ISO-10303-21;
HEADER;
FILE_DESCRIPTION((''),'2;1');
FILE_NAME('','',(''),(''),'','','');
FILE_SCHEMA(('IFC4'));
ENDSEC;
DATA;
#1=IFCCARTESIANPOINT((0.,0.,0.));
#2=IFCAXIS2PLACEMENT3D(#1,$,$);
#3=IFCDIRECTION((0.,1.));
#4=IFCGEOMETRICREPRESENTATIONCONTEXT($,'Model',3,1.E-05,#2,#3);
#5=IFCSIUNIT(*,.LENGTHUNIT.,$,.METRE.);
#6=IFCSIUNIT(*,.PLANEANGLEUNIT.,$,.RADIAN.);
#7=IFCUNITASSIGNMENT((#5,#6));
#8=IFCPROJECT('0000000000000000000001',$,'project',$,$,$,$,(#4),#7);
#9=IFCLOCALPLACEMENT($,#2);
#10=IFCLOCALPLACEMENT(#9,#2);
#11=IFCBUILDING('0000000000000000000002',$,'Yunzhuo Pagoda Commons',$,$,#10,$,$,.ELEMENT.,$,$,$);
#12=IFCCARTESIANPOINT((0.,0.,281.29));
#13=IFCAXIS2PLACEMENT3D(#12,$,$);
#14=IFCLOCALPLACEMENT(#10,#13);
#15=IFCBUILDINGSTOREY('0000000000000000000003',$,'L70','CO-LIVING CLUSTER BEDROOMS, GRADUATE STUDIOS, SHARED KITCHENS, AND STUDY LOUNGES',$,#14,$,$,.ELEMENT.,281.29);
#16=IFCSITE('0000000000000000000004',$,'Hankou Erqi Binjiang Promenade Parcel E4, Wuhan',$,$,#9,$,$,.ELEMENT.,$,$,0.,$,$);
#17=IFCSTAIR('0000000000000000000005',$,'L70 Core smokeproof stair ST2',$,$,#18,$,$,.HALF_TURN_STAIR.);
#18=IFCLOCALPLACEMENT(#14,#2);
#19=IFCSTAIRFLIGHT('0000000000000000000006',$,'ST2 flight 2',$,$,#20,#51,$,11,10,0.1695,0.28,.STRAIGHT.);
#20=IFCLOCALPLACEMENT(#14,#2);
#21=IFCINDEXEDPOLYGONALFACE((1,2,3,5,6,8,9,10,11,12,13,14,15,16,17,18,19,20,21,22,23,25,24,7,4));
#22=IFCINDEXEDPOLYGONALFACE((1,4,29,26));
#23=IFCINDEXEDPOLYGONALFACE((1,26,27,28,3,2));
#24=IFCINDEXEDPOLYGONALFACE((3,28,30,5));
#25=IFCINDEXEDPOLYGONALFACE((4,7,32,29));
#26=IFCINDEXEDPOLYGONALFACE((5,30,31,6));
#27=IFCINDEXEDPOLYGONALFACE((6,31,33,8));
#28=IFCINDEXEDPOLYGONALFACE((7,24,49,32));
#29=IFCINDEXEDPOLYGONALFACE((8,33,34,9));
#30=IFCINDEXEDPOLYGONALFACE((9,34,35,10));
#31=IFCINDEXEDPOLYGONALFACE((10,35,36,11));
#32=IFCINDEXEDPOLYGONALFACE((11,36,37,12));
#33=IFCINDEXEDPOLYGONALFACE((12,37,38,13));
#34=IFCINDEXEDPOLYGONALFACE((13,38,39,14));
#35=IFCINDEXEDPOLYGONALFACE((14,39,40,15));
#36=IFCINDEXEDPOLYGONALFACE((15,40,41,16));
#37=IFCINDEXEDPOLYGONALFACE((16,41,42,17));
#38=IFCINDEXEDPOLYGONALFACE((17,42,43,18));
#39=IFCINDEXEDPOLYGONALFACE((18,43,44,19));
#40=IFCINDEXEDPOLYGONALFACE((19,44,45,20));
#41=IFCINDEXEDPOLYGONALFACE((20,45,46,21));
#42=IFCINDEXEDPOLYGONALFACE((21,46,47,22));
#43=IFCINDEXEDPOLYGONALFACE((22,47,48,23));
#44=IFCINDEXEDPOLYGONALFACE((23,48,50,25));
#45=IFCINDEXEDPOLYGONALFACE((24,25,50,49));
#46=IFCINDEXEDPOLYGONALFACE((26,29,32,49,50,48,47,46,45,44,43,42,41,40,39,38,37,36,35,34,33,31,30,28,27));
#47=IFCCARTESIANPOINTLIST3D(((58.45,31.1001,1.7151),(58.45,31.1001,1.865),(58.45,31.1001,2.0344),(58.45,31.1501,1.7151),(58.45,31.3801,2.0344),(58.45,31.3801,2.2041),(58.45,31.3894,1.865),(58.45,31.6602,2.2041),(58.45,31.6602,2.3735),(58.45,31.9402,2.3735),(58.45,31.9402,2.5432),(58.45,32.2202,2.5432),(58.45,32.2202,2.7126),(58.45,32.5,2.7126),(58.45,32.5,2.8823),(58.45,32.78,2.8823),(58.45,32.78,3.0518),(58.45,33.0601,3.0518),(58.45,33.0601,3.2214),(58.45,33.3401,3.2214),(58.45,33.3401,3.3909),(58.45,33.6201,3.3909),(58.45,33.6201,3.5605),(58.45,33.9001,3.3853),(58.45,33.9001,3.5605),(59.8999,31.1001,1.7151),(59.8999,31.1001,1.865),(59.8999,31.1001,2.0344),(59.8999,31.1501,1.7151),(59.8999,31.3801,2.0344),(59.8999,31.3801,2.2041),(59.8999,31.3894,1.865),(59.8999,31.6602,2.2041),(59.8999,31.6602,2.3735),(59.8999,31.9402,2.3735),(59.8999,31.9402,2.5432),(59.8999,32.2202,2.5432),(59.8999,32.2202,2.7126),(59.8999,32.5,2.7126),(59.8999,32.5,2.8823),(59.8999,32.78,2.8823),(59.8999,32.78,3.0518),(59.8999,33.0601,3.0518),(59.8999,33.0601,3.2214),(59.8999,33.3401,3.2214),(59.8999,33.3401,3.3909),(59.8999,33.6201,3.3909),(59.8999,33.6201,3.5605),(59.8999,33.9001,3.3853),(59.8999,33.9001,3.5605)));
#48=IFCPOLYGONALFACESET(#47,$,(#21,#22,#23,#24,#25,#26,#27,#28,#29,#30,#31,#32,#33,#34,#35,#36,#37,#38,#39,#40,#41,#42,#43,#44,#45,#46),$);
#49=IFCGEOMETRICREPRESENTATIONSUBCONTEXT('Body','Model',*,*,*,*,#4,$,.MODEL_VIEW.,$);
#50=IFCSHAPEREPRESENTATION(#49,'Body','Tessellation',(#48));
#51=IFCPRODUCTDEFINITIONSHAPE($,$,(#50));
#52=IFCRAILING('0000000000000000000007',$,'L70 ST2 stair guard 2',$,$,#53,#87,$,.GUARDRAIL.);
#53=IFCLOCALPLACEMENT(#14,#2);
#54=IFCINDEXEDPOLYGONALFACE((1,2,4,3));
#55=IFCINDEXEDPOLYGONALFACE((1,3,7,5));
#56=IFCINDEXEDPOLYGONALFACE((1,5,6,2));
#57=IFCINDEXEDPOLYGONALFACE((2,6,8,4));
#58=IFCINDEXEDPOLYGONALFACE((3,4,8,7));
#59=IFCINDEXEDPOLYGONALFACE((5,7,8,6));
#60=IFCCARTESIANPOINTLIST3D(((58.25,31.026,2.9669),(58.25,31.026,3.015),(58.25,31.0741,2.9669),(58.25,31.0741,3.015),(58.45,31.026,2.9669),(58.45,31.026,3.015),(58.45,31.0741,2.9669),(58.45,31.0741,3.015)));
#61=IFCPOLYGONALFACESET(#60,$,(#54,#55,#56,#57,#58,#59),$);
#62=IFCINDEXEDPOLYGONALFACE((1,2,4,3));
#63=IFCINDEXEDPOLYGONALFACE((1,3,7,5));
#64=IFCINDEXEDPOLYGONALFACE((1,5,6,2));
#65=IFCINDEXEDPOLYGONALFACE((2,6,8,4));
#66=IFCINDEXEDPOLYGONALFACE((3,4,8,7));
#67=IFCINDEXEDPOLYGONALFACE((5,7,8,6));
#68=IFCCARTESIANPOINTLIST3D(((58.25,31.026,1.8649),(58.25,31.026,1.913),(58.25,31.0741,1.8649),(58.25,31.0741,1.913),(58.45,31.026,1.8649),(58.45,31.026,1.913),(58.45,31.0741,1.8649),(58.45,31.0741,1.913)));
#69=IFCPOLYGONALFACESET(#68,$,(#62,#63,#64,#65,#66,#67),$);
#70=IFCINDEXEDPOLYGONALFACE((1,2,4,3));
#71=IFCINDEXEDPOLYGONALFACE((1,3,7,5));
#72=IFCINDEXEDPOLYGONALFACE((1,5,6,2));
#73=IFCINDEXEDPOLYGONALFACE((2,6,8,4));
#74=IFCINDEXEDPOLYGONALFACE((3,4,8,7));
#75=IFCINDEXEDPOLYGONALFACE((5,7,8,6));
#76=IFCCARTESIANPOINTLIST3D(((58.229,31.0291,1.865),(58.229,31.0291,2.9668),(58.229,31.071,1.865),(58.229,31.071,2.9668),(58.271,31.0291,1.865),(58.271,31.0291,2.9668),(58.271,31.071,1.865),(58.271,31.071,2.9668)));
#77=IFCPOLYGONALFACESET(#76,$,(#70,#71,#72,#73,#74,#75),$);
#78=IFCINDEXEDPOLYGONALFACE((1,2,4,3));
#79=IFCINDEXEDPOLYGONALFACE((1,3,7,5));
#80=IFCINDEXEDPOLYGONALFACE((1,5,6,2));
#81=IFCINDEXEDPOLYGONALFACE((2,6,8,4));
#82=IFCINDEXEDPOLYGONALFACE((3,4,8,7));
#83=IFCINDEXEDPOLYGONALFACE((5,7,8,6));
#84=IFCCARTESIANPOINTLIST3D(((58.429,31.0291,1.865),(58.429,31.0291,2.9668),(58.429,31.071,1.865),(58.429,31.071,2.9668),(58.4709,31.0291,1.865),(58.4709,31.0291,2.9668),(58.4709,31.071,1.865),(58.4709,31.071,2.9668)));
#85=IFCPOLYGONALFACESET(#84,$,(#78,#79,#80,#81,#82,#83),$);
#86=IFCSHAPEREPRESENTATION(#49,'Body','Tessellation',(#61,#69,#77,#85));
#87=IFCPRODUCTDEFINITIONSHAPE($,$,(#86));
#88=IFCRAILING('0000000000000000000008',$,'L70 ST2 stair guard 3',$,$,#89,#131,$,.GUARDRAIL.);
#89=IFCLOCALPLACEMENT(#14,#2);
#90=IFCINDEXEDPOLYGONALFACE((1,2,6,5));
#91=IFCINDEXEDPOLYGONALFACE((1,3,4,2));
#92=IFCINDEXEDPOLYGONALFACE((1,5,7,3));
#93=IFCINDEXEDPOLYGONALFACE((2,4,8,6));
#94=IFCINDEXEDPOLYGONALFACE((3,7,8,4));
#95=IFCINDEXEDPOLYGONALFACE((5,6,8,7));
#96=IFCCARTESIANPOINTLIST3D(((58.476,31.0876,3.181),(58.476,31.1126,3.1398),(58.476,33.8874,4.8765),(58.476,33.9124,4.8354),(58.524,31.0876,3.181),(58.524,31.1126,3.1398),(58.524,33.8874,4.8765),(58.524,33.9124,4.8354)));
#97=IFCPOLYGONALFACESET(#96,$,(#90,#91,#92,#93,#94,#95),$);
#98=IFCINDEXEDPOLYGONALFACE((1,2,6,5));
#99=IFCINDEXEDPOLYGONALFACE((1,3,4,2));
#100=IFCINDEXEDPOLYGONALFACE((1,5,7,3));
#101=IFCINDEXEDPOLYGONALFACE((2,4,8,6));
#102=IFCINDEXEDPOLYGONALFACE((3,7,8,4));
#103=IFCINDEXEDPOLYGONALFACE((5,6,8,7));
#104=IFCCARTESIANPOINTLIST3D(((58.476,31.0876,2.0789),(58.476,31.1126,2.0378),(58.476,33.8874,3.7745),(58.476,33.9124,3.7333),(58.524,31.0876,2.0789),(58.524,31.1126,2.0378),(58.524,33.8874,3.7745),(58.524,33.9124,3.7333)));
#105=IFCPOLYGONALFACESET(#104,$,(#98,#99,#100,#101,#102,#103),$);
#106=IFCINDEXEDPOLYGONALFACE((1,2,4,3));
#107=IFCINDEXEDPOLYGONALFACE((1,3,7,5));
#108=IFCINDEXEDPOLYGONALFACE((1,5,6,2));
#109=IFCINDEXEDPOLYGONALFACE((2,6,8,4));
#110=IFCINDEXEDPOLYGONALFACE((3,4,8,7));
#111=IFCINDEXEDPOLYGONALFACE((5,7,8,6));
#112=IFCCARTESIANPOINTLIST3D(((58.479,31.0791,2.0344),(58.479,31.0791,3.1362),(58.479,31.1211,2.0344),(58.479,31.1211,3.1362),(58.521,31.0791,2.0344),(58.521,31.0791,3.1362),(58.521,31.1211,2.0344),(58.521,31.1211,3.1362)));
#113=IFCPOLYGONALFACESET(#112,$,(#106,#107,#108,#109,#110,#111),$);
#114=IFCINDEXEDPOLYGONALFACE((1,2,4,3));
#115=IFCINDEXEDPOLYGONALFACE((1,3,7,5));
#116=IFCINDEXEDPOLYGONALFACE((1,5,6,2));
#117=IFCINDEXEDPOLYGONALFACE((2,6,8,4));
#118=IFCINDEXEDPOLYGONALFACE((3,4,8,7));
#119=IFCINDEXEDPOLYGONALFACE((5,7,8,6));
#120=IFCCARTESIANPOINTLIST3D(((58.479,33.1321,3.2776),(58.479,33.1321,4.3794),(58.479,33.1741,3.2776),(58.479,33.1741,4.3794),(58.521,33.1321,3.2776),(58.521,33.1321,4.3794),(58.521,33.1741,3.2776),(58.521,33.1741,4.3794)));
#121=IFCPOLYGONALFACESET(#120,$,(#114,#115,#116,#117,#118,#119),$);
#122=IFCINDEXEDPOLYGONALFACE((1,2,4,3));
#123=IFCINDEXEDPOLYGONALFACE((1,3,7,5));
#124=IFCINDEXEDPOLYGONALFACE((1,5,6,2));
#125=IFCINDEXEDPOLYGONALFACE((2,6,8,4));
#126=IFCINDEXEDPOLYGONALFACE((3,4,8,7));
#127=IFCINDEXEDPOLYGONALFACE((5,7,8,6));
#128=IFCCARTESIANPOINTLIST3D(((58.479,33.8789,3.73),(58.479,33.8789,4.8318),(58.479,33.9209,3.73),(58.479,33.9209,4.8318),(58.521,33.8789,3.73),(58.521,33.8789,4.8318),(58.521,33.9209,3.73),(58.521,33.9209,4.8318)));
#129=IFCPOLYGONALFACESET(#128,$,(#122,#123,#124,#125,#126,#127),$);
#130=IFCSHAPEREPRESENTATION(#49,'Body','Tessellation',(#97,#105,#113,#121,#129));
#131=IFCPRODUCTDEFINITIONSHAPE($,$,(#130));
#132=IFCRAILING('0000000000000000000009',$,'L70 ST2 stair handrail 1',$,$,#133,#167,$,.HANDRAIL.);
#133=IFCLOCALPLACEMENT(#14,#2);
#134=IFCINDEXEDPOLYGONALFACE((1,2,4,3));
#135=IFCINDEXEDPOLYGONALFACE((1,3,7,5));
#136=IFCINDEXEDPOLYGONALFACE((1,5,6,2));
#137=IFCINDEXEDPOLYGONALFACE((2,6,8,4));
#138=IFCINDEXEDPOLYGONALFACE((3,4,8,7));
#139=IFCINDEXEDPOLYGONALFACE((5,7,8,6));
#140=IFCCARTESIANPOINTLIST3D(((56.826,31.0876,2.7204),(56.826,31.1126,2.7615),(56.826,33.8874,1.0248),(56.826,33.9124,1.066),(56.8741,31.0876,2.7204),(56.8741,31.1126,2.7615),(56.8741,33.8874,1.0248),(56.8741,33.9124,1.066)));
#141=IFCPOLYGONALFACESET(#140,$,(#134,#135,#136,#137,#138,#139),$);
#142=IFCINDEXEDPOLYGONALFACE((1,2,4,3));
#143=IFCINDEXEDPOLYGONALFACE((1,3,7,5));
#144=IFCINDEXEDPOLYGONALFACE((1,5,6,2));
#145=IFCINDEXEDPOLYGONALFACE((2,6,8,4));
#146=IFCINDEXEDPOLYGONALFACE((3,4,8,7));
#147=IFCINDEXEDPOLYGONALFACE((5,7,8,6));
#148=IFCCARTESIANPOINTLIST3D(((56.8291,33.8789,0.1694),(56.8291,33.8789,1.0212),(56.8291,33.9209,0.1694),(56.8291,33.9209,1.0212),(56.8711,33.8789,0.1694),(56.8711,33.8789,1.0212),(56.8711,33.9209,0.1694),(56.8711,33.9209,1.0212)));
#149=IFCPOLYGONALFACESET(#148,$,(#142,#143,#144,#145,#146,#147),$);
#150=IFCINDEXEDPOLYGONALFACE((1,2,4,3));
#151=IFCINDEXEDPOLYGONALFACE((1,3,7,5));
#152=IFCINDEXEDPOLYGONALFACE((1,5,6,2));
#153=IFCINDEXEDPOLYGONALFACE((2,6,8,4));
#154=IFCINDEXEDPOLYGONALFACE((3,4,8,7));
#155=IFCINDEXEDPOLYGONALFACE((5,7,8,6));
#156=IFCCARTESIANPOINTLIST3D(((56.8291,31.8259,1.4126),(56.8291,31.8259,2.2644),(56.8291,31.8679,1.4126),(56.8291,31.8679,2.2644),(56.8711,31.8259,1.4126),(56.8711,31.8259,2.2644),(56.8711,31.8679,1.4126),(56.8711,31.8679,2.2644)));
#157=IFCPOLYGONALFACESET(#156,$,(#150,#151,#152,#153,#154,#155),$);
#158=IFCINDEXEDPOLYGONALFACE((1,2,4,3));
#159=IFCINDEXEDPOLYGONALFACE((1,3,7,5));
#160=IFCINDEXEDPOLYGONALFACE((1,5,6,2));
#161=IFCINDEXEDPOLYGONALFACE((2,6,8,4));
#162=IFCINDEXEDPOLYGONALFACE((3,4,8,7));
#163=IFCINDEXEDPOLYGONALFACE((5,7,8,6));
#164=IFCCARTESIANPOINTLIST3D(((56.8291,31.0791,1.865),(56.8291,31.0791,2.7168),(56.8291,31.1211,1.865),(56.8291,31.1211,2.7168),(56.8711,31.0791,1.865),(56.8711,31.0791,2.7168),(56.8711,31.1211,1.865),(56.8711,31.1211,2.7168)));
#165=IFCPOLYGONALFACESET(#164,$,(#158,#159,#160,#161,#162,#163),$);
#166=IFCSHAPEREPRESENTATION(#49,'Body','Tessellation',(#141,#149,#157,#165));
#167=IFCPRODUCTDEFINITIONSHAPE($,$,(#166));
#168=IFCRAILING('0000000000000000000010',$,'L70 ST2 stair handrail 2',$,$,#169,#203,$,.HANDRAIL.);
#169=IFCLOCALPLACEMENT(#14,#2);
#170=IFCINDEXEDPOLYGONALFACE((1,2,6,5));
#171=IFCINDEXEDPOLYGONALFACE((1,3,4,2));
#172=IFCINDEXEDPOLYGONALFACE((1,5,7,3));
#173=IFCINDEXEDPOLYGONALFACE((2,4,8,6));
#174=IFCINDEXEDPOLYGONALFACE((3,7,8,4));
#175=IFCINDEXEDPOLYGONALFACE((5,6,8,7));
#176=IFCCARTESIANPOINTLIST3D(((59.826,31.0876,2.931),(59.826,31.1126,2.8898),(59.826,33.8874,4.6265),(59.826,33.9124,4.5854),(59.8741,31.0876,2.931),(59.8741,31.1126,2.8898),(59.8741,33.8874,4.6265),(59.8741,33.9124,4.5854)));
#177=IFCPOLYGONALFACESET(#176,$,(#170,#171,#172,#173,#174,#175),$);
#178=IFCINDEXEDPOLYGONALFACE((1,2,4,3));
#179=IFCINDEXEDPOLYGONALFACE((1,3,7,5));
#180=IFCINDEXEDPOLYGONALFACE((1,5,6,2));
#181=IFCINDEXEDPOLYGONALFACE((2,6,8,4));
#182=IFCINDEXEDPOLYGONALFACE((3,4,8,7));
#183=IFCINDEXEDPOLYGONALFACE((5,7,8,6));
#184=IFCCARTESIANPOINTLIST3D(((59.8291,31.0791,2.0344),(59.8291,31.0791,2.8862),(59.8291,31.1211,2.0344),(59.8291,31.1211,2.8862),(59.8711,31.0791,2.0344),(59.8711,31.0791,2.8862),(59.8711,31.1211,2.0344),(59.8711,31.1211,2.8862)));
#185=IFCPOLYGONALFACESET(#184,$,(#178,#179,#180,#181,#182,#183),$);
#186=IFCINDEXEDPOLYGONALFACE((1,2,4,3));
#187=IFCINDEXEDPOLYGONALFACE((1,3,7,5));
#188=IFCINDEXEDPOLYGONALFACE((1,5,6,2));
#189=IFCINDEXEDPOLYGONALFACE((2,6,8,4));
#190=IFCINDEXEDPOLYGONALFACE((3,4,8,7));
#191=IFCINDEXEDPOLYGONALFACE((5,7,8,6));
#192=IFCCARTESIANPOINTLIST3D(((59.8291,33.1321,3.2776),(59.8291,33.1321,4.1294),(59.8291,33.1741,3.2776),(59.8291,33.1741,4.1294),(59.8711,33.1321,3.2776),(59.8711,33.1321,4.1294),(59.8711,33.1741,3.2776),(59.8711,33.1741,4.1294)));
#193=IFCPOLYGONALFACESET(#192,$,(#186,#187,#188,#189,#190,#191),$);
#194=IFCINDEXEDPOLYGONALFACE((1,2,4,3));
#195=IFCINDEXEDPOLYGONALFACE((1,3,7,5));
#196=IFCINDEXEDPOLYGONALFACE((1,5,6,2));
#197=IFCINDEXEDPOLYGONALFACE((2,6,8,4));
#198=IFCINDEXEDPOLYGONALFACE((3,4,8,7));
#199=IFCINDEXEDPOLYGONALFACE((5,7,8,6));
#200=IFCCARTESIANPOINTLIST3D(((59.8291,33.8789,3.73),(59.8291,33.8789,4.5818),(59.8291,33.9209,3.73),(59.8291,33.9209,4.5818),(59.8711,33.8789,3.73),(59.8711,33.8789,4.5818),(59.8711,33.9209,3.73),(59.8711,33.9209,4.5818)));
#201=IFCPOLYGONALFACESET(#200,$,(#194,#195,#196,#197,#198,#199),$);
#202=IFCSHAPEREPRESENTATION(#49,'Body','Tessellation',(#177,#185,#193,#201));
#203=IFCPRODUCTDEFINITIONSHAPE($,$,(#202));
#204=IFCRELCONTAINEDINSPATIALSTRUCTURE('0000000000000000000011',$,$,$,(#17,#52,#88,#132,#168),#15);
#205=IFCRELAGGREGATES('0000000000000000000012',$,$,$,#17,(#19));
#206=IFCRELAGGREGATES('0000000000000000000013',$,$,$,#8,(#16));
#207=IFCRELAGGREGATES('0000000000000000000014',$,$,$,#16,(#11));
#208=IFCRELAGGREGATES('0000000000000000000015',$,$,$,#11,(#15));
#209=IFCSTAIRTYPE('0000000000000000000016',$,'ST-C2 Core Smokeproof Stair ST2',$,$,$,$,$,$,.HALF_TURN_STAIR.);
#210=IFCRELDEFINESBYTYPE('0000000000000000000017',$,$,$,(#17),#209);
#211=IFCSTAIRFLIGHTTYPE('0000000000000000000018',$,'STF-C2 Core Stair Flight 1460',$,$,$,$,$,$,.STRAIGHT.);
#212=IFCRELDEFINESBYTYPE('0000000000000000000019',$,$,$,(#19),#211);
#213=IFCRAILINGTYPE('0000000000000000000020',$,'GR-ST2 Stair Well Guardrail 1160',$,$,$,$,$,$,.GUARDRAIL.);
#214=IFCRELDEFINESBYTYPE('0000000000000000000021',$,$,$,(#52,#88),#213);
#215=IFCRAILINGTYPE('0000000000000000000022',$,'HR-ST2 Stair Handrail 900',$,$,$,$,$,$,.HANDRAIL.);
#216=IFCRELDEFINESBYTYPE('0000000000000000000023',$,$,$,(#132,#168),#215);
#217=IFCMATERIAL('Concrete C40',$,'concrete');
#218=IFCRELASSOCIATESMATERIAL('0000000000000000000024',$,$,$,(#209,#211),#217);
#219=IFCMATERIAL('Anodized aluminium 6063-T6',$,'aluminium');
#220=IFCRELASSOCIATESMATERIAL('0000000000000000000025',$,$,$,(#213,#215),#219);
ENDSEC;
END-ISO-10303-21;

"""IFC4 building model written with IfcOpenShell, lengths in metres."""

from ifc_helpers import new_model, si_unit, direction, frame, origin, origin_2d, place, context, subcontext, project, spatial, polyline, rectangle, outline, extrude, source, transform, mapped, material, type_object, element, aggregate, save


model = new_model("IFC4")

# Units and contexts
model_context = context("Model", 3, precision=1e-05, world=origin(), true_north=direction((0.0, 1.0)))
body_context = subcontext(model_context, "Body", "Model", "MODEL_VIEW")
ifc_project = project(units=[si_unit("LENGTHUNIT", "METRE"), si_unit("PLANEANGLEUNIT", "RADIAN")], contexts=[model_context])

# Site, building, storey
site_placement = place(None, origin())
site = spatial("IfcSite", under=ifc_project, at=site_placement, Name="Hankou Erqi Binjiang Promenade Parcel E4, Wuhan", CompositionType="ELEMENT", RefElevation=0.0)
building_placement = place(site_placement, origin())
building = spatial("IfcBuilding", under=site, at=building_placement, Name="Yunzhuo Pagoda Commons", CompositionType="ELEMENT")
storey_placement = place(building_placement, frame((0.0, 0.0, 281.29)))
storey = spatial("IfcBuildingStorey", under=building, at=storey_placement, Name="L70", Description="CO-LIVING CLUSTER BEDROOMS, GRADUATE STUDIOS, SHARED KITCHENS, AND STUDY LOUNGES", CompositionType="ELEMENT", Elevation=281.29)

# Shared definitions
ifc_material_1 = material(Name="Anodized aluminium 6063-T6", Category="aluminium")

# Stair, stair flight
ifc_material_2 = material(Name="Concrete C40", Category="concrete")
stair_type = type_object("IfcStairType", Name="ST-C2 Core Smokeproof Stair ST2", PredefinedType="HALF_TURN_STAIR", material=ifc_material_2)
stair_placement = place(storey_placement, origin())
stair = element("IfcStair", 1, at=stair_placement, inside=storey, type_object=stair_type, Name="L70 Core smokeproof stair ST2", PredefinedType="HALF_TURN_STAIR")
stair_flight_type = type_object("IfcStairFlightType", Name="STF-C2 Core Stair Flight 1460", PredefinedType="STRAIGHT", material=ifc_material_2)
shared_shape_1 = source(origin(), body_context, "Body", "SweptSolid", [
    extrude(outline(polyline([(0.0, -0.1499), (0.0, 0.0), (0.0, 0.1694), (0.28, 0.1694), (0.28, 0.3391), (0.5601, 0.3391), (0.5601, 0.5085), (0.8401, 0.5085), (0.8401, 0.6782), (1.1201, 0.6782), (1.1201, 0.8477), (1.3999, 0.8477), (1.3999, 1.0173), (1.6799, 1.0173), (1.6799, 1.1868), (1.96, 1.1868), (1.96, 1.3564), (2.24, 1.3564), (2.24, 1.5259), (2.52, 1.5259), (2.52, 1.6956), (2.8, 1.6956), (2.8, 1.865), (2.8, 1.5203), (0.2893, 0.0), (0.05, -0.1499), (0.0, -0.1499)])), frame((0.0, 0.7251, 0.0), z_axis=(0.0, -1.0, 0.0), x_axis=(1.0, 0.0, 0.0)), (0.0, 0.0, 1.0), 1.45),
])
stair_flight_placement = place(storey_placement, frame((59.175, 31.1001, 1.865), z_axis=(0.0, 0.0, 1.0), x_axis=(0.0, 1.0, 0.0)))
stair_flight = element("IfcStairFlight", 2, at=stair_flight_placement, type_object=stair_flight_type, Name="ST2 flight 2", NumberOfRisers=11, NumberOfTreads=10, PredefinedType="STRAIGHT", RiserHeight=0.1695, TreadLength=0.28, context=body_context, shape_type="MappedRepresentation", body=[
    mapped(shared_shape_1, transform((0.0, 0.0, 0.0), scale=1.0)),
])
aggregate(stair, [stair_flight])

# Railings
railing_type_1 = type_object("IfcRailingType", Name="GR-ST2 Stair Well Guardrail 1160", PredefinedType="GUARDRAIL", material=ifc_material_1)
railing_1_placement = place(storey_placement, frame((58.25, 31.05, 1.865)))
element("IfcRailing", 3, at=railing_1_placement, inside=storey, type_object=railing_type_1, Name="L70 ST2 stair guard 2", PredefinedType="GUARDRAIL", context=body_context, shape_type="SweptSolid", body=[
    extrude(rectangle(XDim=0.0481, YDim=0.0481, at=origin_2d()), frame((0.0, 0.0, 1.126), z_axis=(1.0, 0.0, 0.0), x_axis=(0.0, 1.0, 0.0)), (0.0, 0.0, 1.0), 0.2),
    extrude(rectangle(XDim=0.0481, YDim=0.0481, at=origin_2d()), frame((0.0, 0.0, 0.0239), z_axis=(1.0, 0.0, 0.0), x_axis=(0.0, 1.0, 0.0)), (0.0, 0.0, 1.0), 0.2),
    extrude(rectangle(XDim=0.042, YDim=0.042, at=origin_2d()), origin(), (0.0, 0.0, 1.0), 1.1018),
    extrude(rectangle(XDim=0.042, YDim=0.042, at=origin_2d()), frame((0.2, 0.0, 0.0)), (0.0, 0.0, 1.0), 1.1018),
])
railing_2_placement = place(storey_placement, frame((58.5, 31.1001, 2.0344)))
element("IfcRailing", 4, at=railing_2_placement, inside=storey, type_object=railing_type_1, Name="L70 ST2 stair guard 3", PredefinedType="GUARDRAIL", context=body_context, shape_type="SweptSolid", body=[
    extrude(rectangle(XDim=0.0481, YDim=0.0481, at=origin_2d()), frame((0.0, 0.0, 1.126), z_axis=(0.0, 0.855373, 0.518012), x_axis=(-1.0, 0.0, 0.0)), (0.0, 0.0, 1.0), 3.2732),
    extrude(rectangle(XDim=0.0481, YDim=0.0481, at=origin_2d()), frame((0.0, 0.0, 0.0239), z_axis=(0.0, 0.855373, 0.518012), x_axis=(-1.0, 0.0, 0.0)), (0.0, 0.0, 1.0), 3.2732),
    extrude(rectangle(XDim=0.042, YDim=0.042, at=origin_2d()), origin(), (0.0, 0.0, 1.0), 1.1018),
    extrude(rectangle(XDim=0.042, YDim=0.042, at=origin_2d()), frame((0.0, 2.053, 1.2432)), (0.0, 0.0, 1.0), 1.1018),
    extrude(rectangle(XDim=0.042, YDim=0.042, at=origin_2d()), frame((0.0, 2.7998, 1.6956)), (0.0, 0.0, 1.0), 1.1018),
])
railing_type_2 = type_object("IfcRailingType", Name="HR-ST2 Stair Handrail 900", PredefinedType="HANDRAIL", material=ifc_material_1)
railing_3_placement = place(storey_placement, frame((56.8501, 33.8999, 0.1694)))
element("IfcRailing", 5, at=railing_3_placement, inside=storey, type_object=railing_type_2, Name="L70 ST2 stair handrail 1", PredefinedType="HANDRAIL", context=body_context, shape_type="SweptSolid", body=[
    extrude(rectangle(XDim=0.0481, YDim=0.0481, at=origin_2d()), frame((0.0, 0.0, 0.876), z_axis=(0.0, -0.855373, 0.518012), x_axis=(1.0, 0.0, 0.0)), (0.0, 0.0, 1.0), 3.2732),
    extrude(rectangle(XDim=0.042, YDim=0.042, at=origin_2d()), origin(), (0.0, 0.0, 1.0), 0.8518),
    extrude(rectangle(XDim=0.042, YDim=0.042, at=origin_2d()), frame((0.0, -2.053, 1.2432)), (0.0, 0.0, 1.0), 0.8518),
    extrude(rectangle(XDim=0.042, YDim=0.042, at=origin_2d()), frame((0.0, -2.7998, 1.6956)), (0.0, 0.0, 1.0), 0.8518),
])
railing_4_placement = place(storey_placement, frame((59.8501, 31.1001, 2.0344)))
element("IfcRailing", 6, at=railing_4_placement, inside=storey, type_object=railing_type_2, Name="L70 ST2 stair handrail 2", PredefinedType="HANDRAIL", context=body_context, shape_type="SweptSolid", body=[
    extrude(rectangle(XDim=0.0481, YDim=0.0481, at=origin_2d()), frame((0.0, 0.0, 0.876), z_axis=(0.0, 0.855373, 0.518012), x_axis=(-1.0, 0.0, 0.0)), (0.0, 0.0, 1.0), 3.2732),
    extrude(rectangle(XDim=0.042, YDim=0.042, at=origin_2d()), origin(), (0.0, 0.0, 1.0), 0.8518),
    extrude(rectangle(XDim=0.042, YDim=0.042, at=origin_2d()), frame((0.0, 2.053, 1.2432)), (0.0, 0.0, 1.0), 0.8518),
    extrude(rectangle(XDim=0.042, YDim=0.042, at=origin_2d()), frame((0.0, 2.7998, 1.6956)), (0.0, 0.0, 1.0), 0.8518),
])

save(model, "model.ifc")
